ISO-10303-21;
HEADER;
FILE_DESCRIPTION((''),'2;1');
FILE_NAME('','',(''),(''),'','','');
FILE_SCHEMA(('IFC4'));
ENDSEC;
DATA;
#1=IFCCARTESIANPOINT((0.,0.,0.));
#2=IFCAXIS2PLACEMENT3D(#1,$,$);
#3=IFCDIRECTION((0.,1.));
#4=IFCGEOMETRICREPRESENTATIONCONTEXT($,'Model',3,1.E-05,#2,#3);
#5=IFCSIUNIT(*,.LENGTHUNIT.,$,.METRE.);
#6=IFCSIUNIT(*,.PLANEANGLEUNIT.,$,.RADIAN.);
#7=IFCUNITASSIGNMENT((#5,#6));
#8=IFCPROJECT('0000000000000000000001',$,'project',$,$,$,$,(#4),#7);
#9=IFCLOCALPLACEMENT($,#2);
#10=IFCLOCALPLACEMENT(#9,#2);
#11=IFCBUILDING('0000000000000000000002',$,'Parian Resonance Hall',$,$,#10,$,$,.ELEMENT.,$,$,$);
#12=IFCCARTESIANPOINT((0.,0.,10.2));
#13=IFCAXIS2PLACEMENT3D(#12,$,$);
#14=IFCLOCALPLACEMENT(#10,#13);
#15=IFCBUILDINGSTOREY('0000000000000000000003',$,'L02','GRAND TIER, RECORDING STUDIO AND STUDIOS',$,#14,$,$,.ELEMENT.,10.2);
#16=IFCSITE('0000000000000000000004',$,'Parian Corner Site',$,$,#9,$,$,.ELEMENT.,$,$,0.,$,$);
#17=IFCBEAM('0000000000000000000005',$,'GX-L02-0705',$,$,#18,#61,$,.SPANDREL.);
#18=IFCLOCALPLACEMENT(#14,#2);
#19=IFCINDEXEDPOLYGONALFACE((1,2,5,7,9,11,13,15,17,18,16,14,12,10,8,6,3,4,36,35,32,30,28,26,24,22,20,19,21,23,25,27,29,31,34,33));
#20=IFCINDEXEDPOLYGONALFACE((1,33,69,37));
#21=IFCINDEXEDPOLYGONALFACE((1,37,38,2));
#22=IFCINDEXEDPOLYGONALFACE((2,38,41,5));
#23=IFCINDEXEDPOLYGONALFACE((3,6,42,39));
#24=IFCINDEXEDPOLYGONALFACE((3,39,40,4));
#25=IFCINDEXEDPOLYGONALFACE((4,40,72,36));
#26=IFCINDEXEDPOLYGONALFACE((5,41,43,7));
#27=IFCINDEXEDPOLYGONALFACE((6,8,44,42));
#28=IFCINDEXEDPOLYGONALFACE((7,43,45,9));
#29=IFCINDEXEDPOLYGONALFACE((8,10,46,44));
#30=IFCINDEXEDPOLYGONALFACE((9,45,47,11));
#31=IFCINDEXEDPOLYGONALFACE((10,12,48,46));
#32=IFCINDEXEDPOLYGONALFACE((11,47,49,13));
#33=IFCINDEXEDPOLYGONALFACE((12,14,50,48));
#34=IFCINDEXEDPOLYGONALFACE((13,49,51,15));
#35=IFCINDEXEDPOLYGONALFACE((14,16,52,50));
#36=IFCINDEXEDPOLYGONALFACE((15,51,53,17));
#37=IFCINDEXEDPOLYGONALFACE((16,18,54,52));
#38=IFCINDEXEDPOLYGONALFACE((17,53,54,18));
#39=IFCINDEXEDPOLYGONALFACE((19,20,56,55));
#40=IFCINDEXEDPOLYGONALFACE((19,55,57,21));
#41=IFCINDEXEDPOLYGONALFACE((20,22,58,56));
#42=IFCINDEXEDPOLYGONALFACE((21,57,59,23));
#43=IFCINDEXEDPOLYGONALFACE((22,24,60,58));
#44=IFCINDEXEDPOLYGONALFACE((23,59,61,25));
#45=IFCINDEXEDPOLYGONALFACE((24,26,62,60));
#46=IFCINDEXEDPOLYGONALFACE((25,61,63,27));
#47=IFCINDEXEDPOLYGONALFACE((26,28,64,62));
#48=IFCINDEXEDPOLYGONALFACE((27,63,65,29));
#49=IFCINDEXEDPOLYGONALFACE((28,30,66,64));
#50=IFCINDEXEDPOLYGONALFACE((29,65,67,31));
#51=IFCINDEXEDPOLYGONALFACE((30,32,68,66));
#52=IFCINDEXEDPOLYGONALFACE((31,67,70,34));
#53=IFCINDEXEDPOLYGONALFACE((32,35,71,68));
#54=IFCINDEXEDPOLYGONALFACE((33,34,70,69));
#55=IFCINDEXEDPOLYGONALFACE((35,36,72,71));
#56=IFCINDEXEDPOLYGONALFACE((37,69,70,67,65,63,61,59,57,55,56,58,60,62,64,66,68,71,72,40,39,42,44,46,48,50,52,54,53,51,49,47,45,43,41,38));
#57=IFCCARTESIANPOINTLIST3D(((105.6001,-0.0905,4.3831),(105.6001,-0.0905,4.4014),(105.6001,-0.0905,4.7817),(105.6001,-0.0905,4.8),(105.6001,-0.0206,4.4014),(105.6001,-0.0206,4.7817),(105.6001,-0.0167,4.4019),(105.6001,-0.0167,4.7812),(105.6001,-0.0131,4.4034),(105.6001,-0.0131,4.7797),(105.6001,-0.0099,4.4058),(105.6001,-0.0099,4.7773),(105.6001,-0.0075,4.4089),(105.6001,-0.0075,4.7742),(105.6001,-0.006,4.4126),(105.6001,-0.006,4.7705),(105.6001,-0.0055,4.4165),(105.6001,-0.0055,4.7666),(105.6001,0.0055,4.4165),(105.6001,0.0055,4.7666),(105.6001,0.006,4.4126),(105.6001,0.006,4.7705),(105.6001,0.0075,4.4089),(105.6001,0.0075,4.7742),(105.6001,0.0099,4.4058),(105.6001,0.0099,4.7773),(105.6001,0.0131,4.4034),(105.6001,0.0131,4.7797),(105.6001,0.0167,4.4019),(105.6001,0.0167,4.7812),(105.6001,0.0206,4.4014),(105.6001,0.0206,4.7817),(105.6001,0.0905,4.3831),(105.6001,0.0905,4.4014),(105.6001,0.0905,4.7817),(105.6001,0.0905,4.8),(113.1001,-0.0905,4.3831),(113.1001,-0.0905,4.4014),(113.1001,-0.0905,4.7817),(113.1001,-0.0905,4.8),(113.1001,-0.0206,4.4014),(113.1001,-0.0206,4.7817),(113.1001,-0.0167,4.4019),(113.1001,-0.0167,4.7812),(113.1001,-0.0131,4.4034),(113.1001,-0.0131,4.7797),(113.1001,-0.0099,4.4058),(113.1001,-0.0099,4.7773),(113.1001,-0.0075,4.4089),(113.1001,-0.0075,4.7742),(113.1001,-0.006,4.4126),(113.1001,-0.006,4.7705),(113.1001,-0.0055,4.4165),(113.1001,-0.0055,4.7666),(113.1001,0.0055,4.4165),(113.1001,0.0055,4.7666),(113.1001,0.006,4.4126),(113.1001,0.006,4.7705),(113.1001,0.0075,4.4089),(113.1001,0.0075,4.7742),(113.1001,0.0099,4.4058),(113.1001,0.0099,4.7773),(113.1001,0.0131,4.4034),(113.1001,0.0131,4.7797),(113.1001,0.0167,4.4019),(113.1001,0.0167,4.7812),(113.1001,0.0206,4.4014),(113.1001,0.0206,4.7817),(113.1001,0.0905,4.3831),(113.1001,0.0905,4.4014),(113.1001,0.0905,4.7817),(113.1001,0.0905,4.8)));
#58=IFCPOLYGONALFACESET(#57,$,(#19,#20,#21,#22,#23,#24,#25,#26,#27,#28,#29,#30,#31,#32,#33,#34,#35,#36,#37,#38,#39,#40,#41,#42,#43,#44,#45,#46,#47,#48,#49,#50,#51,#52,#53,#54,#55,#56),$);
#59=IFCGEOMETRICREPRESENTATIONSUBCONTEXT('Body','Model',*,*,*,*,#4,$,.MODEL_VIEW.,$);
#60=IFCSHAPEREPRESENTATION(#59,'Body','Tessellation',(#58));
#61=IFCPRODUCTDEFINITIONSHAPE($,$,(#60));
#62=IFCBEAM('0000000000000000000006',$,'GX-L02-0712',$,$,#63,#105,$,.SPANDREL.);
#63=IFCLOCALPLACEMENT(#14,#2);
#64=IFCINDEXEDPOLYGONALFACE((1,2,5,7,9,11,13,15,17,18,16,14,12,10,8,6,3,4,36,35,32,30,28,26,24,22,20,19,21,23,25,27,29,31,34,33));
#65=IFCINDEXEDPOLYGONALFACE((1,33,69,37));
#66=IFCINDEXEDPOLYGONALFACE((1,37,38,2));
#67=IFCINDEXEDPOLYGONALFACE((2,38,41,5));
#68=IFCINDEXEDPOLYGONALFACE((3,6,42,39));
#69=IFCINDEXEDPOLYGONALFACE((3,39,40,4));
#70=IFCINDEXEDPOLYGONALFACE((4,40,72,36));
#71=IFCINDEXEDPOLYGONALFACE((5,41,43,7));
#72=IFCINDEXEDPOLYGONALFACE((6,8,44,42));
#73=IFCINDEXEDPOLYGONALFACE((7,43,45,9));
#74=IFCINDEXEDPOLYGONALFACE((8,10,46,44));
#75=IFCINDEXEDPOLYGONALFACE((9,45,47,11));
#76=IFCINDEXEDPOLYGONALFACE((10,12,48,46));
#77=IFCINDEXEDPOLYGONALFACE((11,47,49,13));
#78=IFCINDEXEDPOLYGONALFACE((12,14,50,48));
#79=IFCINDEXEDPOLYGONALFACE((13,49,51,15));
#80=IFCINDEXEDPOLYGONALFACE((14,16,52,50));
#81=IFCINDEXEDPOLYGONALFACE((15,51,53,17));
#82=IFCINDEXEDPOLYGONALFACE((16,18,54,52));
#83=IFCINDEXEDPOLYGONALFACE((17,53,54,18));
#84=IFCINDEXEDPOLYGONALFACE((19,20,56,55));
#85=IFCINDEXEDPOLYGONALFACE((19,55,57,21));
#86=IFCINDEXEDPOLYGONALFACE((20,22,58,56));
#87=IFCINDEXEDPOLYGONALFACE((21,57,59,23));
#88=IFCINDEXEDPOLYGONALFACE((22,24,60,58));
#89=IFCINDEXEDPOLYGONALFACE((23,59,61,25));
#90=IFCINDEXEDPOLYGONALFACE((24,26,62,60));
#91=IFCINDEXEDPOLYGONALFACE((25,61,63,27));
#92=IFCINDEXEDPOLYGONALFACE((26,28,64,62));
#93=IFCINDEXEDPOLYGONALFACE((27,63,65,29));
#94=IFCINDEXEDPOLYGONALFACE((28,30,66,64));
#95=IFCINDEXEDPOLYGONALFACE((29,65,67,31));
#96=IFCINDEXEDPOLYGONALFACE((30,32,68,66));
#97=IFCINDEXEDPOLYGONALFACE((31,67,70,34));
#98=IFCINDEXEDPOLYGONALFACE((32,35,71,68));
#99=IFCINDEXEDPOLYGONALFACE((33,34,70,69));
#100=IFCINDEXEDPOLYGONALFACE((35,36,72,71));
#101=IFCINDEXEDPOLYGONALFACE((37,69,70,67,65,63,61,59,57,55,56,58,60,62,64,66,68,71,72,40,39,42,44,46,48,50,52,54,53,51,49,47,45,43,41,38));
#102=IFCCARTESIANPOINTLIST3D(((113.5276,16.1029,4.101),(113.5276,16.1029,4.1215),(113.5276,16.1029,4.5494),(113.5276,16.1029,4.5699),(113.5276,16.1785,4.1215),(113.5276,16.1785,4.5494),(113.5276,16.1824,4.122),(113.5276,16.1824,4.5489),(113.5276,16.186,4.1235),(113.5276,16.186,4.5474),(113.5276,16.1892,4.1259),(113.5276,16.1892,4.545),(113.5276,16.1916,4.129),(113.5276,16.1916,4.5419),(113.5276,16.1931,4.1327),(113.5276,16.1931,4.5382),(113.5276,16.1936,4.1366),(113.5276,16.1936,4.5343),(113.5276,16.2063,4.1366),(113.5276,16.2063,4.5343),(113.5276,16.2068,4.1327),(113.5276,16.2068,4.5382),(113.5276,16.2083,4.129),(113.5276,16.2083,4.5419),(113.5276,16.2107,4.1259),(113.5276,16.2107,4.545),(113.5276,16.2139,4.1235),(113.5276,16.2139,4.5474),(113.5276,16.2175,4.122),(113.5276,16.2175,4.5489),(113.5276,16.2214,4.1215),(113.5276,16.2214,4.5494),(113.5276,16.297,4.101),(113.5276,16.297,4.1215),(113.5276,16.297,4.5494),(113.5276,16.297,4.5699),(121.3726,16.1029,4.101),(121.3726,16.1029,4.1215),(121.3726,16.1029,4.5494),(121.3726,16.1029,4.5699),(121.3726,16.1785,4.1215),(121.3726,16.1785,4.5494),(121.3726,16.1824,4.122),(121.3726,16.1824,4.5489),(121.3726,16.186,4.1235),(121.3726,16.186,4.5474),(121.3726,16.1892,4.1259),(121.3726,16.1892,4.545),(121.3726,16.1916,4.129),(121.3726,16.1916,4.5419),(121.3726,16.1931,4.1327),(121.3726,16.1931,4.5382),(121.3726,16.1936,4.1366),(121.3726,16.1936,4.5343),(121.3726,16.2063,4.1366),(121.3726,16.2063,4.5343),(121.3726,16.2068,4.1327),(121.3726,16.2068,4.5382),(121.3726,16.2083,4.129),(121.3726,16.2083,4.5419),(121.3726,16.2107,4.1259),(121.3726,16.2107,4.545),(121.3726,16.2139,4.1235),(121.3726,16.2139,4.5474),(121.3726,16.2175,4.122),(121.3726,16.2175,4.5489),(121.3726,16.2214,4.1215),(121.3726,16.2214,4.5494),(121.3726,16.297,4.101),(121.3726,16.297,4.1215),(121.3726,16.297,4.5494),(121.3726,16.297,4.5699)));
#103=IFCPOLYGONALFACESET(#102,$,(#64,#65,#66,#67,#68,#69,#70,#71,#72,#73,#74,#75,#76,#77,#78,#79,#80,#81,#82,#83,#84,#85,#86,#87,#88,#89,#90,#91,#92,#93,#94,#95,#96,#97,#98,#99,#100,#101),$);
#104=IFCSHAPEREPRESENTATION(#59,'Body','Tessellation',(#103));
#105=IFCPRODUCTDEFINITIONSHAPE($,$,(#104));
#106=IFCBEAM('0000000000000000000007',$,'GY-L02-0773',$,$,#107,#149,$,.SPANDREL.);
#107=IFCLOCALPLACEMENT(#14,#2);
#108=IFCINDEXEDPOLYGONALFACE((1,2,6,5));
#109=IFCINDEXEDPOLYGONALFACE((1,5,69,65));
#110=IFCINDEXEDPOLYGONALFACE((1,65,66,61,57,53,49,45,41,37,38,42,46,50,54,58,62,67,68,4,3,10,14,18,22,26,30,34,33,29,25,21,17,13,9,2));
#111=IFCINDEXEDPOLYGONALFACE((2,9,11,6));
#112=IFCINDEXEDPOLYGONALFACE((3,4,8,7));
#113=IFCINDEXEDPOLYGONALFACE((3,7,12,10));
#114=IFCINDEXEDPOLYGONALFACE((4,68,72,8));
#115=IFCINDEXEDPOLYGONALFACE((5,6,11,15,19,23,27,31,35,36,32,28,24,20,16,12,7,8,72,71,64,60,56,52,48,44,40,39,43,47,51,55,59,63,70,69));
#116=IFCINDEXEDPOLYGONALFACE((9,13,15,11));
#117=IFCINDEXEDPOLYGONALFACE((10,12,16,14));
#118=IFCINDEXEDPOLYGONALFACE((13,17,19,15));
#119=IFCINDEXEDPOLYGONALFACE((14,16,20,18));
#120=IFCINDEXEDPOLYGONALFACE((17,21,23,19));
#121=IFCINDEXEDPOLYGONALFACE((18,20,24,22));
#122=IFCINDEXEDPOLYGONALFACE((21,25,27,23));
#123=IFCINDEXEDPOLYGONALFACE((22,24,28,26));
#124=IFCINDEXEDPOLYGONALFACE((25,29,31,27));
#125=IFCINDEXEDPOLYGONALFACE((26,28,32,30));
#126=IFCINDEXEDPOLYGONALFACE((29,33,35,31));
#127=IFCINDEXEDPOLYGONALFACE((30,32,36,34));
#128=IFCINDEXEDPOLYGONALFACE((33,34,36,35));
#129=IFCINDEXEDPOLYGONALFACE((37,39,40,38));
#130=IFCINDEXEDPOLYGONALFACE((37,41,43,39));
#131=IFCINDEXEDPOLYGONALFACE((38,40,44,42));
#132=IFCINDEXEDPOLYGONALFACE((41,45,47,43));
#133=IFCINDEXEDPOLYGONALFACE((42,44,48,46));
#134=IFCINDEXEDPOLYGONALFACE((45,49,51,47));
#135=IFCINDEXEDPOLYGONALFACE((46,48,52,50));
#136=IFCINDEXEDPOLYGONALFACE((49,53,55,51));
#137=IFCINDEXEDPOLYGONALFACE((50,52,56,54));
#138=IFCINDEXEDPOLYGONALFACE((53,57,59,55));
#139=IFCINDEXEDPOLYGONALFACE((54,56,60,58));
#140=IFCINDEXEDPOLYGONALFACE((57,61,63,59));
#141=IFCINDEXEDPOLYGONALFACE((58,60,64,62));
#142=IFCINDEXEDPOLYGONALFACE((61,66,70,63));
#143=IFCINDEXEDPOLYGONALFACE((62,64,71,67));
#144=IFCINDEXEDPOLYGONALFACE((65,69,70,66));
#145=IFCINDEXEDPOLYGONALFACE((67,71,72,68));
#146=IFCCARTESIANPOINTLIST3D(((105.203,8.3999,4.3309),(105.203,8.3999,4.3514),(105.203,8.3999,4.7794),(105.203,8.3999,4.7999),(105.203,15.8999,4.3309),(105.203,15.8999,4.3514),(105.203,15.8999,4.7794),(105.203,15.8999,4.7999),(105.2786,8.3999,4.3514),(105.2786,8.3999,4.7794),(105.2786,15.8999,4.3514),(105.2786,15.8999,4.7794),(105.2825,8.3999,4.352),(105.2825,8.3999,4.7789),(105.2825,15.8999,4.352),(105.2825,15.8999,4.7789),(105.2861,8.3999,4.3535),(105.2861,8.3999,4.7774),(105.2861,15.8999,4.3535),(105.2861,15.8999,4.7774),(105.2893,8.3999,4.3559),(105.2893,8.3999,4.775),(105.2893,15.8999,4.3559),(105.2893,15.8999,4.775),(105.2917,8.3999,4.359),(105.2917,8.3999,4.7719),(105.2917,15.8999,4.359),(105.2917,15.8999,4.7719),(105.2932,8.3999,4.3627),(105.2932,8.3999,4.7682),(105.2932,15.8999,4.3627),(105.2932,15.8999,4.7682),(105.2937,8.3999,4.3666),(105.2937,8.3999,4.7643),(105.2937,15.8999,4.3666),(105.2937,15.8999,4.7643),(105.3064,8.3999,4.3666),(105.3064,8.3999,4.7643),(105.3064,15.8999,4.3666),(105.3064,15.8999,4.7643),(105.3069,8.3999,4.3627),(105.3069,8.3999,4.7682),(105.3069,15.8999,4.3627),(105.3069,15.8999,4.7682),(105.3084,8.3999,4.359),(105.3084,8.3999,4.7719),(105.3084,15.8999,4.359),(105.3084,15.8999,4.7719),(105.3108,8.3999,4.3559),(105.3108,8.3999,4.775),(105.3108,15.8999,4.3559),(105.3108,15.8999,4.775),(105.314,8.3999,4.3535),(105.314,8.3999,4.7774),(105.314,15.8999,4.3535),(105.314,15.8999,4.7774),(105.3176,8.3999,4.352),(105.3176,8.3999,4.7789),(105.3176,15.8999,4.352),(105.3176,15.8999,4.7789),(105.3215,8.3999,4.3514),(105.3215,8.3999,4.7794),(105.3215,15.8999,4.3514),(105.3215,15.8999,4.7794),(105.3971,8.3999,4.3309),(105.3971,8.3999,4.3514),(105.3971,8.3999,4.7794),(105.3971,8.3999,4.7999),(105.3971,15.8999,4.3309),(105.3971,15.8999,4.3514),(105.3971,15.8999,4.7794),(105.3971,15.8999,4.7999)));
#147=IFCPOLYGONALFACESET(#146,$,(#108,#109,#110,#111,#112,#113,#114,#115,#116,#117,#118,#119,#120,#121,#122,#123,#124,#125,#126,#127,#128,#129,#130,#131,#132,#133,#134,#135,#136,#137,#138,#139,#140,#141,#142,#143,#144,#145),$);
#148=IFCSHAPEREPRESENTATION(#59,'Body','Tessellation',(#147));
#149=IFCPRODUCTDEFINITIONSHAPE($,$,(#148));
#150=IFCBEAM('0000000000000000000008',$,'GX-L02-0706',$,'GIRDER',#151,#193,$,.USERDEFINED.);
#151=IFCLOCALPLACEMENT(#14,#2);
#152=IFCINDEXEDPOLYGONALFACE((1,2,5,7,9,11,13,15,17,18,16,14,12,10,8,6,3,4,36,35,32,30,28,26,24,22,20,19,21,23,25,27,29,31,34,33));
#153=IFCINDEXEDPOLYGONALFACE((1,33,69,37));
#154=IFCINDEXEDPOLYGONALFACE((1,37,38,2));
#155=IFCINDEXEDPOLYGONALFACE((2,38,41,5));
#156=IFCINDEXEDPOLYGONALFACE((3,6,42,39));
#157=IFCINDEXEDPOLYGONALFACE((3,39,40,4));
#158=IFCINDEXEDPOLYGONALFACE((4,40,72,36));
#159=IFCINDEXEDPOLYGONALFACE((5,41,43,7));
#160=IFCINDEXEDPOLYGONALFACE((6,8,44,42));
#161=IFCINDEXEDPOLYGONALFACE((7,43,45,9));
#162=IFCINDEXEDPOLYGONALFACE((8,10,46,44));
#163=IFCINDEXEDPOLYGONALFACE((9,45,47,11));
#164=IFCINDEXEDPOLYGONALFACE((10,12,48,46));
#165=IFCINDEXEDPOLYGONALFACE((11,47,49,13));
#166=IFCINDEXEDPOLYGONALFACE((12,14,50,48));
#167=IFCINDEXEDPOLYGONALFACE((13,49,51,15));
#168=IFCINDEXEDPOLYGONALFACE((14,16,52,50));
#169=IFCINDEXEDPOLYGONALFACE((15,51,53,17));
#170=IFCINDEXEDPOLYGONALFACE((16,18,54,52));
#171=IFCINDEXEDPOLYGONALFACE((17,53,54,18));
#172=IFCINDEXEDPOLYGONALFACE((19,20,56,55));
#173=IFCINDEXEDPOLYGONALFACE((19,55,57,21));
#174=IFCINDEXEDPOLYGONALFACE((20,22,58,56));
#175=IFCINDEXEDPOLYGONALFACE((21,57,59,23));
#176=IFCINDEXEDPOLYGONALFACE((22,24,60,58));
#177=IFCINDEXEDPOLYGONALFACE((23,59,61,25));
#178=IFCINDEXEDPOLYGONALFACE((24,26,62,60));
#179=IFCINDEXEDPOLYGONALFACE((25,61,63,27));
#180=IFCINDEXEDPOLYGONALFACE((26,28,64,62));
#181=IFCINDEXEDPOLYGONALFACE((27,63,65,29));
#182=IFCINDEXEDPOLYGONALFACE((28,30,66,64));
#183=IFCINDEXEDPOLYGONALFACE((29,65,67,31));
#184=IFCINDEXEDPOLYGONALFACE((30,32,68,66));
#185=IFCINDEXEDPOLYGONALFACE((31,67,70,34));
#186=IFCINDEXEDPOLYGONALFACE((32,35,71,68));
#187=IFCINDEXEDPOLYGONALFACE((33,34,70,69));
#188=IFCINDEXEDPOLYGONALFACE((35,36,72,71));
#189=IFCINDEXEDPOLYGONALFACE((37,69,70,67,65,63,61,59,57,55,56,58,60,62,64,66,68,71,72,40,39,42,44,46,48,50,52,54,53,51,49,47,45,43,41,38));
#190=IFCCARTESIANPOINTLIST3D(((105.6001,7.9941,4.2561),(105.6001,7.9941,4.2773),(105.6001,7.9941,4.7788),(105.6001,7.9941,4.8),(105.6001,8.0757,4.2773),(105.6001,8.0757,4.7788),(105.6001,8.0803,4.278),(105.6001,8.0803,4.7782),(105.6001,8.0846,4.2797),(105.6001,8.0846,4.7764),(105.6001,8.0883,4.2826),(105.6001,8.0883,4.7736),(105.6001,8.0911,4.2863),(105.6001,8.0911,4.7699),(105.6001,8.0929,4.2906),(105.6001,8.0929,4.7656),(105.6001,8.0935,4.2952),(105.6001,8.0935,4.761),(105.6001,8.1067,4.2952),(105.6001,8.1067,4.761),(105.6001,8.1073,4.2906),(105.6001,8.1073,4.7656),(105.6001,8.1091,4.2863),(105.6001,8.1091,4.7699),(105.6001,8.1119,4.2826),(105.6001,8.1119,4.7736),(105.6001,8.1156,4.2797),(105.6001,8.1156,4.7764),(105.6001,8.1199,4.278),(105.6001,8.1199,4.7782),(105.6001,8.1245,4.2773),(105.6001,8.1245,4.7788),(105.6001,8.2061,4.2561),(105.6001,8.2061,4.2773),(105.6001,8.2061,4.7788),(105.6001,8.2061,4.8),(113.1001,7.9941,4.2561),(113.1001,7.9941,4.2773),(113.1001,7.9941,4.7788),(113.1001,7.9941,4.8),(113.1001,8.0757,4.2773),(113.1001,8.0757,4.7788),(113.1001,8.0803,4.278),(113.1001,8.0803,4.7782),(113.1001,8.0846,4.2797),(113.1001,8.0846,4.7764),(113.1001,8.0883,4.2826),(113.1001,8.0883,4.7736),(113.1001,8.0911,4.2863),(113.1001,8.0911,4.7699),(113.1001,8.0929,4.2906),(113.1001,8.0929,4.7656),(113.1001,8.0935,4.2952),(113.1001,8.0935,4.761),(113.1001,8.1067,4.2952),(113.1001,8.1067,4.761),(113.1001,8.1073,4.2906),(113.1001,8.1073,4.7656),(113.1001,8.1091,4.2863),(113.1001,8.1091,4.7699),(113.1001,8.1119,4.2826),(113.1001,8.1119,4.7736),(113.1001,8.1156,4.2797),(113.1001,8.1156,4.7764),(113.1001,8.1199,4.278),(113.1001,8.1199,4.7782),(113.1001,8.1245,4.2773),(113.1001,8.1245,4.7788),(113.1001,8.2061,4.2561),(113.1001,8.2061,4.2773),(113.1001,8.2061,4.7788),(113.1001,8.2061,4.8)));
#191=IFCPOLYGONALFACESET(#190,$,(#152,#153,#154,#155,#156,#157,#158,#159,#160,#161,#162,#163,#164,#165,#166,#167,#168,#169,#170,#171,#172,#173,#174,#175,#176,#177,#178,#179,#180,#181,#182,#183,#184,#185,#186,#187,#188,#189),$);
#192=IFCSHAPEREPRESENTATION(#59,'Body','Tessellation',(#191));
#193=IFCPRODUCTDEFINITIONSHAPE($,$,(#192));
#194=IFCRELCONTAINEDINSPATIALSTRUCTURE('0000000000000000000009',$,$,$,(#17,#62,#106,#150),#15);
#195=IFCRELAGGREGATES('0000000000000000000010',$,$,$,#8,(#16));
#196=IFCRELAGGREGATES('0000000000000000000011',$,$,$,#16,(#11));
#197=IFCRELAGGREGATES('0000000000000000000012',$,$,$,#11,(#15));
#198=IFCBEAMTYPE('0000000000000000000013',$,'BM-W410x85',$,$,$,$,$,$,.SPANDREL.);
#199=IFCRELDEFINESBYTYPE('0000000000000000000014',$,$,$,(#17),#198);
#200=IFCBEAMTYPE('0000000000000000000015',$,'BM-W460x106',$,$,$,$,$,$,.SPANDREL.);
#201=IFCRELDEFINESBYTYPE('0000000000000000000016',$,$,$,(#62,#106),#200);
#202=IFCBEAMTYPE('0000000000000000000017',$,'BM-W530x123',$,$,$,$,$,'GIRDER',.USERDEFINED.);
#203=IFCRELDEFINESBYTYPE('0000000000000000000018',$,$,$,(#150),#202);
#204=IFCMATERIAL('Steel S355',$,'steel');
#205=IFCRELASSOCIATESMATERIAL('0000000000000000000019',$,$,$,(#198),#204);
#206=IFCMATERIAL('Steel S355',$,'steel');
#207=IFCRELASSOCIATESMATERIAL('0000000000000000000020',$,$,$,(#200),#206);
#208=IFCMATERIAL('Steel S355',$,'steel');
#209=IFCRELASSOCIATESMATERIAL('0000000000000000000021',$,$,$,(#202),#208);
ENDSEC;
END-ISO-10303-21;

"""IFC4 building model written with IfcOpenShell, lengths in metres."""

from ifc_helpers import new_model, si_unit, direction, frame, origin, origin_2d, place, context, subcontext, project, spatial, i_section, extrude, material, material_profile, profile_set, type_object, element, save


model = new_model("IFC4")

# Units and contexts
model_context = context("Model", 3, precision=1e-05, world=origin(), true_north=direction((0.0, 1.0)))
body_context = subcontext(model_context, "Body", "Model", "MODEL_VIEW")
ifc_project = project(units=[si_unit("LENGTHUNIT", "METRE"), si_unit("PLANEANGLEUNIT", "RADIAN")], contexts=[model_context])

# Site, building, storey
site_placement = place(None, origin())
site = spatial("IfcSite", under=ifc_project, at=site_placement, Name="Parian Corner Site", CompositionType="ELEMENT", RefElevation=0.0)
building_placement = place(site_placement, origin())
building = spatial("IfcBuilding", under=site, at=building_placement, Name="Parian Resonance Hall", CompositionType="ELEMENT")
storey_placement = place(building_placement, frame((0.0, 0.0, 10.2)))
storey = spatial("IfcBuildingStorey", under=building, at=storey_placement, Name="L02", Description="GRAND TIER, RECORDING STUDIO AND STUDIOS", CompositionType="ELEMENT", Elevation=10.2)

# Beams
ifc_material_1 = material(Name="Steel S355", Category="steel")
ifc_material_profile_1 = material_profile(ifc_material_1, i_section(OverallWidth=0.1809, OverallDepth=0.417, WebThickness=0.011, FlangeThickness=0.0183, FilletRadius=0.0151, at=origin_2d()), Name="W410x85")
ifc_profile_set_1 = profile_set([ifc_material_profile_1], Name="Steel S355")
beam_type_1 = type_object("IfcBeamType", Name="BM-W410x85", PredefinedType="SPANDREL", material=ifc_profile_set_1)
beam_1_placement = place(storey_placement, frame((105.6001, 0.0, 4.5916), z_axis=(1.0, 0.0, 0.0), x_axis=(0.0, 1.0, 0.0)))
element("IfcBeam", 1, at=beam_1_placement, inside=storey, type_object=beam_type_1, Name="GX-L02-0705", PredefinedType="SPANDREL", context=body_context, shape_type="SweptSolid", body=[
    extrude(i_section(OverallWidth=0.1809, OverallDepth=0.417, WebThickness=0.011, FlangeThickness=0.0183, FilletRadius=0.0151, at=origin_2d()), origin(), (0.0, 0.0, 1.0), 7.5),
])
ifc_material_2 = material(Name="Steel S355", Category="steel")
ifc_material_profile_2 = material_profile(ifc_material_2, i_section(OverallWidth=0.1941, OverallDepth=0.469, WebThickness=0.0127, FlangeThickness=0.0205, FilletRadius=0.0151, at=origin_2d()), Name="W460x106")
ifc_profile_set_2 = profile_set([ifc_material_profile_2], Name="Steel S355")
beam_type_2 = type_object("IfcBeamType", Name="BM-W460x106", PredefinedType="SPANDREL", material=ifc_profile_set_2)
beam_2_placement = place(storey_placement, frame((113.5276, 16.2, 4.3354), z_axis=(1.0, 0.0, 0.0), x_axis=(0.0, 1.0, 0.0)))
element("IfcBeam", 2, at=beam_2_placement, inside=storey, type_object=beam_type_2, Name="GX-L02-0712", PredefinedType="SPANDREL", context=body_context, shape_type="SweptSolid", body=[
    extrude(i_section(OverallWidth=0.1941, OverallDepth=0.469, WebThickness=0.0127, FlangeThickness=0.0205, FilletRadius=0.0151, at=origin_2d()), origin(), (0.0, 0.0, 1.0), 7.845),
])
beam_3_placement = place(storey_placement, frame((105.3, 8.3999, 4.5654), z_axis=(0.0, 1.0, 0.0), x_axis=(-1.0, 0.0, 0.0)))
element("IfcBeam", 3, at=beam_3_placement, inside=storey, type_object=beam_type_2, Name="GY-L02-0773", PredefinedType="SPANDREL", context=body_context, shape_type="SweptSolid", body=[
    extrude(i_section(OverallWidth=0.1941, OverallDepth=0.469, WebThickness=0.0127, FlangeThickness=0.0205, FilletRadius=0.0151, at=origin_2d()), origin(), (0.0, 0.0, 1.0), 7.5),
])
ifc_material_3 = material(Name="Steel S355", Category="steel")
ifc_material_profile_3 = material_profile(ifc_material_3, i_section(OverallWidth=0.2119, OverallDepth=0.5439, WebThickness=0.0132, FlangeThickness=0.0212, FilletRadius=0.0178, at=origin_2d()), Name="W530x123")
ifc_profile_set_3 = profile_set([ifc_material_profile_3], Name="Steel S355")
beam_type_3 = type_object("IfcBeamType", Name="BM-W530x123", ElementType="GIRDER", PredefinedType="USERDEFINED", material=ifc_profile_set_3)
beam_4_placement = place(storey_placement, frame((105.6001, 8.1001, 4.5281), z_axis=(1.0, 0.0, 0.0), x_axis=(0.0, 1.0, 0.0)))
element("IfcBeam", 4, at=beam_4_placement, inside=storey, type_object=beam_type_3, Name="GX-L02-0706", ObjectType="GIRDER", PredefinedType="USERDEFINED", context=body_context, shape_type="SweptSolid", body=[
    extrude(i_section(OverallWidth=0.2119, OverallDepth=0.5439, WebThickness=0.0132, FlangeThickness=0.0212, FilletRadius=0.0178, at=origin_2d()), origin(), (0.0, 0.0, 1.0), 7.5),
])

save(model, "model.ifc")
